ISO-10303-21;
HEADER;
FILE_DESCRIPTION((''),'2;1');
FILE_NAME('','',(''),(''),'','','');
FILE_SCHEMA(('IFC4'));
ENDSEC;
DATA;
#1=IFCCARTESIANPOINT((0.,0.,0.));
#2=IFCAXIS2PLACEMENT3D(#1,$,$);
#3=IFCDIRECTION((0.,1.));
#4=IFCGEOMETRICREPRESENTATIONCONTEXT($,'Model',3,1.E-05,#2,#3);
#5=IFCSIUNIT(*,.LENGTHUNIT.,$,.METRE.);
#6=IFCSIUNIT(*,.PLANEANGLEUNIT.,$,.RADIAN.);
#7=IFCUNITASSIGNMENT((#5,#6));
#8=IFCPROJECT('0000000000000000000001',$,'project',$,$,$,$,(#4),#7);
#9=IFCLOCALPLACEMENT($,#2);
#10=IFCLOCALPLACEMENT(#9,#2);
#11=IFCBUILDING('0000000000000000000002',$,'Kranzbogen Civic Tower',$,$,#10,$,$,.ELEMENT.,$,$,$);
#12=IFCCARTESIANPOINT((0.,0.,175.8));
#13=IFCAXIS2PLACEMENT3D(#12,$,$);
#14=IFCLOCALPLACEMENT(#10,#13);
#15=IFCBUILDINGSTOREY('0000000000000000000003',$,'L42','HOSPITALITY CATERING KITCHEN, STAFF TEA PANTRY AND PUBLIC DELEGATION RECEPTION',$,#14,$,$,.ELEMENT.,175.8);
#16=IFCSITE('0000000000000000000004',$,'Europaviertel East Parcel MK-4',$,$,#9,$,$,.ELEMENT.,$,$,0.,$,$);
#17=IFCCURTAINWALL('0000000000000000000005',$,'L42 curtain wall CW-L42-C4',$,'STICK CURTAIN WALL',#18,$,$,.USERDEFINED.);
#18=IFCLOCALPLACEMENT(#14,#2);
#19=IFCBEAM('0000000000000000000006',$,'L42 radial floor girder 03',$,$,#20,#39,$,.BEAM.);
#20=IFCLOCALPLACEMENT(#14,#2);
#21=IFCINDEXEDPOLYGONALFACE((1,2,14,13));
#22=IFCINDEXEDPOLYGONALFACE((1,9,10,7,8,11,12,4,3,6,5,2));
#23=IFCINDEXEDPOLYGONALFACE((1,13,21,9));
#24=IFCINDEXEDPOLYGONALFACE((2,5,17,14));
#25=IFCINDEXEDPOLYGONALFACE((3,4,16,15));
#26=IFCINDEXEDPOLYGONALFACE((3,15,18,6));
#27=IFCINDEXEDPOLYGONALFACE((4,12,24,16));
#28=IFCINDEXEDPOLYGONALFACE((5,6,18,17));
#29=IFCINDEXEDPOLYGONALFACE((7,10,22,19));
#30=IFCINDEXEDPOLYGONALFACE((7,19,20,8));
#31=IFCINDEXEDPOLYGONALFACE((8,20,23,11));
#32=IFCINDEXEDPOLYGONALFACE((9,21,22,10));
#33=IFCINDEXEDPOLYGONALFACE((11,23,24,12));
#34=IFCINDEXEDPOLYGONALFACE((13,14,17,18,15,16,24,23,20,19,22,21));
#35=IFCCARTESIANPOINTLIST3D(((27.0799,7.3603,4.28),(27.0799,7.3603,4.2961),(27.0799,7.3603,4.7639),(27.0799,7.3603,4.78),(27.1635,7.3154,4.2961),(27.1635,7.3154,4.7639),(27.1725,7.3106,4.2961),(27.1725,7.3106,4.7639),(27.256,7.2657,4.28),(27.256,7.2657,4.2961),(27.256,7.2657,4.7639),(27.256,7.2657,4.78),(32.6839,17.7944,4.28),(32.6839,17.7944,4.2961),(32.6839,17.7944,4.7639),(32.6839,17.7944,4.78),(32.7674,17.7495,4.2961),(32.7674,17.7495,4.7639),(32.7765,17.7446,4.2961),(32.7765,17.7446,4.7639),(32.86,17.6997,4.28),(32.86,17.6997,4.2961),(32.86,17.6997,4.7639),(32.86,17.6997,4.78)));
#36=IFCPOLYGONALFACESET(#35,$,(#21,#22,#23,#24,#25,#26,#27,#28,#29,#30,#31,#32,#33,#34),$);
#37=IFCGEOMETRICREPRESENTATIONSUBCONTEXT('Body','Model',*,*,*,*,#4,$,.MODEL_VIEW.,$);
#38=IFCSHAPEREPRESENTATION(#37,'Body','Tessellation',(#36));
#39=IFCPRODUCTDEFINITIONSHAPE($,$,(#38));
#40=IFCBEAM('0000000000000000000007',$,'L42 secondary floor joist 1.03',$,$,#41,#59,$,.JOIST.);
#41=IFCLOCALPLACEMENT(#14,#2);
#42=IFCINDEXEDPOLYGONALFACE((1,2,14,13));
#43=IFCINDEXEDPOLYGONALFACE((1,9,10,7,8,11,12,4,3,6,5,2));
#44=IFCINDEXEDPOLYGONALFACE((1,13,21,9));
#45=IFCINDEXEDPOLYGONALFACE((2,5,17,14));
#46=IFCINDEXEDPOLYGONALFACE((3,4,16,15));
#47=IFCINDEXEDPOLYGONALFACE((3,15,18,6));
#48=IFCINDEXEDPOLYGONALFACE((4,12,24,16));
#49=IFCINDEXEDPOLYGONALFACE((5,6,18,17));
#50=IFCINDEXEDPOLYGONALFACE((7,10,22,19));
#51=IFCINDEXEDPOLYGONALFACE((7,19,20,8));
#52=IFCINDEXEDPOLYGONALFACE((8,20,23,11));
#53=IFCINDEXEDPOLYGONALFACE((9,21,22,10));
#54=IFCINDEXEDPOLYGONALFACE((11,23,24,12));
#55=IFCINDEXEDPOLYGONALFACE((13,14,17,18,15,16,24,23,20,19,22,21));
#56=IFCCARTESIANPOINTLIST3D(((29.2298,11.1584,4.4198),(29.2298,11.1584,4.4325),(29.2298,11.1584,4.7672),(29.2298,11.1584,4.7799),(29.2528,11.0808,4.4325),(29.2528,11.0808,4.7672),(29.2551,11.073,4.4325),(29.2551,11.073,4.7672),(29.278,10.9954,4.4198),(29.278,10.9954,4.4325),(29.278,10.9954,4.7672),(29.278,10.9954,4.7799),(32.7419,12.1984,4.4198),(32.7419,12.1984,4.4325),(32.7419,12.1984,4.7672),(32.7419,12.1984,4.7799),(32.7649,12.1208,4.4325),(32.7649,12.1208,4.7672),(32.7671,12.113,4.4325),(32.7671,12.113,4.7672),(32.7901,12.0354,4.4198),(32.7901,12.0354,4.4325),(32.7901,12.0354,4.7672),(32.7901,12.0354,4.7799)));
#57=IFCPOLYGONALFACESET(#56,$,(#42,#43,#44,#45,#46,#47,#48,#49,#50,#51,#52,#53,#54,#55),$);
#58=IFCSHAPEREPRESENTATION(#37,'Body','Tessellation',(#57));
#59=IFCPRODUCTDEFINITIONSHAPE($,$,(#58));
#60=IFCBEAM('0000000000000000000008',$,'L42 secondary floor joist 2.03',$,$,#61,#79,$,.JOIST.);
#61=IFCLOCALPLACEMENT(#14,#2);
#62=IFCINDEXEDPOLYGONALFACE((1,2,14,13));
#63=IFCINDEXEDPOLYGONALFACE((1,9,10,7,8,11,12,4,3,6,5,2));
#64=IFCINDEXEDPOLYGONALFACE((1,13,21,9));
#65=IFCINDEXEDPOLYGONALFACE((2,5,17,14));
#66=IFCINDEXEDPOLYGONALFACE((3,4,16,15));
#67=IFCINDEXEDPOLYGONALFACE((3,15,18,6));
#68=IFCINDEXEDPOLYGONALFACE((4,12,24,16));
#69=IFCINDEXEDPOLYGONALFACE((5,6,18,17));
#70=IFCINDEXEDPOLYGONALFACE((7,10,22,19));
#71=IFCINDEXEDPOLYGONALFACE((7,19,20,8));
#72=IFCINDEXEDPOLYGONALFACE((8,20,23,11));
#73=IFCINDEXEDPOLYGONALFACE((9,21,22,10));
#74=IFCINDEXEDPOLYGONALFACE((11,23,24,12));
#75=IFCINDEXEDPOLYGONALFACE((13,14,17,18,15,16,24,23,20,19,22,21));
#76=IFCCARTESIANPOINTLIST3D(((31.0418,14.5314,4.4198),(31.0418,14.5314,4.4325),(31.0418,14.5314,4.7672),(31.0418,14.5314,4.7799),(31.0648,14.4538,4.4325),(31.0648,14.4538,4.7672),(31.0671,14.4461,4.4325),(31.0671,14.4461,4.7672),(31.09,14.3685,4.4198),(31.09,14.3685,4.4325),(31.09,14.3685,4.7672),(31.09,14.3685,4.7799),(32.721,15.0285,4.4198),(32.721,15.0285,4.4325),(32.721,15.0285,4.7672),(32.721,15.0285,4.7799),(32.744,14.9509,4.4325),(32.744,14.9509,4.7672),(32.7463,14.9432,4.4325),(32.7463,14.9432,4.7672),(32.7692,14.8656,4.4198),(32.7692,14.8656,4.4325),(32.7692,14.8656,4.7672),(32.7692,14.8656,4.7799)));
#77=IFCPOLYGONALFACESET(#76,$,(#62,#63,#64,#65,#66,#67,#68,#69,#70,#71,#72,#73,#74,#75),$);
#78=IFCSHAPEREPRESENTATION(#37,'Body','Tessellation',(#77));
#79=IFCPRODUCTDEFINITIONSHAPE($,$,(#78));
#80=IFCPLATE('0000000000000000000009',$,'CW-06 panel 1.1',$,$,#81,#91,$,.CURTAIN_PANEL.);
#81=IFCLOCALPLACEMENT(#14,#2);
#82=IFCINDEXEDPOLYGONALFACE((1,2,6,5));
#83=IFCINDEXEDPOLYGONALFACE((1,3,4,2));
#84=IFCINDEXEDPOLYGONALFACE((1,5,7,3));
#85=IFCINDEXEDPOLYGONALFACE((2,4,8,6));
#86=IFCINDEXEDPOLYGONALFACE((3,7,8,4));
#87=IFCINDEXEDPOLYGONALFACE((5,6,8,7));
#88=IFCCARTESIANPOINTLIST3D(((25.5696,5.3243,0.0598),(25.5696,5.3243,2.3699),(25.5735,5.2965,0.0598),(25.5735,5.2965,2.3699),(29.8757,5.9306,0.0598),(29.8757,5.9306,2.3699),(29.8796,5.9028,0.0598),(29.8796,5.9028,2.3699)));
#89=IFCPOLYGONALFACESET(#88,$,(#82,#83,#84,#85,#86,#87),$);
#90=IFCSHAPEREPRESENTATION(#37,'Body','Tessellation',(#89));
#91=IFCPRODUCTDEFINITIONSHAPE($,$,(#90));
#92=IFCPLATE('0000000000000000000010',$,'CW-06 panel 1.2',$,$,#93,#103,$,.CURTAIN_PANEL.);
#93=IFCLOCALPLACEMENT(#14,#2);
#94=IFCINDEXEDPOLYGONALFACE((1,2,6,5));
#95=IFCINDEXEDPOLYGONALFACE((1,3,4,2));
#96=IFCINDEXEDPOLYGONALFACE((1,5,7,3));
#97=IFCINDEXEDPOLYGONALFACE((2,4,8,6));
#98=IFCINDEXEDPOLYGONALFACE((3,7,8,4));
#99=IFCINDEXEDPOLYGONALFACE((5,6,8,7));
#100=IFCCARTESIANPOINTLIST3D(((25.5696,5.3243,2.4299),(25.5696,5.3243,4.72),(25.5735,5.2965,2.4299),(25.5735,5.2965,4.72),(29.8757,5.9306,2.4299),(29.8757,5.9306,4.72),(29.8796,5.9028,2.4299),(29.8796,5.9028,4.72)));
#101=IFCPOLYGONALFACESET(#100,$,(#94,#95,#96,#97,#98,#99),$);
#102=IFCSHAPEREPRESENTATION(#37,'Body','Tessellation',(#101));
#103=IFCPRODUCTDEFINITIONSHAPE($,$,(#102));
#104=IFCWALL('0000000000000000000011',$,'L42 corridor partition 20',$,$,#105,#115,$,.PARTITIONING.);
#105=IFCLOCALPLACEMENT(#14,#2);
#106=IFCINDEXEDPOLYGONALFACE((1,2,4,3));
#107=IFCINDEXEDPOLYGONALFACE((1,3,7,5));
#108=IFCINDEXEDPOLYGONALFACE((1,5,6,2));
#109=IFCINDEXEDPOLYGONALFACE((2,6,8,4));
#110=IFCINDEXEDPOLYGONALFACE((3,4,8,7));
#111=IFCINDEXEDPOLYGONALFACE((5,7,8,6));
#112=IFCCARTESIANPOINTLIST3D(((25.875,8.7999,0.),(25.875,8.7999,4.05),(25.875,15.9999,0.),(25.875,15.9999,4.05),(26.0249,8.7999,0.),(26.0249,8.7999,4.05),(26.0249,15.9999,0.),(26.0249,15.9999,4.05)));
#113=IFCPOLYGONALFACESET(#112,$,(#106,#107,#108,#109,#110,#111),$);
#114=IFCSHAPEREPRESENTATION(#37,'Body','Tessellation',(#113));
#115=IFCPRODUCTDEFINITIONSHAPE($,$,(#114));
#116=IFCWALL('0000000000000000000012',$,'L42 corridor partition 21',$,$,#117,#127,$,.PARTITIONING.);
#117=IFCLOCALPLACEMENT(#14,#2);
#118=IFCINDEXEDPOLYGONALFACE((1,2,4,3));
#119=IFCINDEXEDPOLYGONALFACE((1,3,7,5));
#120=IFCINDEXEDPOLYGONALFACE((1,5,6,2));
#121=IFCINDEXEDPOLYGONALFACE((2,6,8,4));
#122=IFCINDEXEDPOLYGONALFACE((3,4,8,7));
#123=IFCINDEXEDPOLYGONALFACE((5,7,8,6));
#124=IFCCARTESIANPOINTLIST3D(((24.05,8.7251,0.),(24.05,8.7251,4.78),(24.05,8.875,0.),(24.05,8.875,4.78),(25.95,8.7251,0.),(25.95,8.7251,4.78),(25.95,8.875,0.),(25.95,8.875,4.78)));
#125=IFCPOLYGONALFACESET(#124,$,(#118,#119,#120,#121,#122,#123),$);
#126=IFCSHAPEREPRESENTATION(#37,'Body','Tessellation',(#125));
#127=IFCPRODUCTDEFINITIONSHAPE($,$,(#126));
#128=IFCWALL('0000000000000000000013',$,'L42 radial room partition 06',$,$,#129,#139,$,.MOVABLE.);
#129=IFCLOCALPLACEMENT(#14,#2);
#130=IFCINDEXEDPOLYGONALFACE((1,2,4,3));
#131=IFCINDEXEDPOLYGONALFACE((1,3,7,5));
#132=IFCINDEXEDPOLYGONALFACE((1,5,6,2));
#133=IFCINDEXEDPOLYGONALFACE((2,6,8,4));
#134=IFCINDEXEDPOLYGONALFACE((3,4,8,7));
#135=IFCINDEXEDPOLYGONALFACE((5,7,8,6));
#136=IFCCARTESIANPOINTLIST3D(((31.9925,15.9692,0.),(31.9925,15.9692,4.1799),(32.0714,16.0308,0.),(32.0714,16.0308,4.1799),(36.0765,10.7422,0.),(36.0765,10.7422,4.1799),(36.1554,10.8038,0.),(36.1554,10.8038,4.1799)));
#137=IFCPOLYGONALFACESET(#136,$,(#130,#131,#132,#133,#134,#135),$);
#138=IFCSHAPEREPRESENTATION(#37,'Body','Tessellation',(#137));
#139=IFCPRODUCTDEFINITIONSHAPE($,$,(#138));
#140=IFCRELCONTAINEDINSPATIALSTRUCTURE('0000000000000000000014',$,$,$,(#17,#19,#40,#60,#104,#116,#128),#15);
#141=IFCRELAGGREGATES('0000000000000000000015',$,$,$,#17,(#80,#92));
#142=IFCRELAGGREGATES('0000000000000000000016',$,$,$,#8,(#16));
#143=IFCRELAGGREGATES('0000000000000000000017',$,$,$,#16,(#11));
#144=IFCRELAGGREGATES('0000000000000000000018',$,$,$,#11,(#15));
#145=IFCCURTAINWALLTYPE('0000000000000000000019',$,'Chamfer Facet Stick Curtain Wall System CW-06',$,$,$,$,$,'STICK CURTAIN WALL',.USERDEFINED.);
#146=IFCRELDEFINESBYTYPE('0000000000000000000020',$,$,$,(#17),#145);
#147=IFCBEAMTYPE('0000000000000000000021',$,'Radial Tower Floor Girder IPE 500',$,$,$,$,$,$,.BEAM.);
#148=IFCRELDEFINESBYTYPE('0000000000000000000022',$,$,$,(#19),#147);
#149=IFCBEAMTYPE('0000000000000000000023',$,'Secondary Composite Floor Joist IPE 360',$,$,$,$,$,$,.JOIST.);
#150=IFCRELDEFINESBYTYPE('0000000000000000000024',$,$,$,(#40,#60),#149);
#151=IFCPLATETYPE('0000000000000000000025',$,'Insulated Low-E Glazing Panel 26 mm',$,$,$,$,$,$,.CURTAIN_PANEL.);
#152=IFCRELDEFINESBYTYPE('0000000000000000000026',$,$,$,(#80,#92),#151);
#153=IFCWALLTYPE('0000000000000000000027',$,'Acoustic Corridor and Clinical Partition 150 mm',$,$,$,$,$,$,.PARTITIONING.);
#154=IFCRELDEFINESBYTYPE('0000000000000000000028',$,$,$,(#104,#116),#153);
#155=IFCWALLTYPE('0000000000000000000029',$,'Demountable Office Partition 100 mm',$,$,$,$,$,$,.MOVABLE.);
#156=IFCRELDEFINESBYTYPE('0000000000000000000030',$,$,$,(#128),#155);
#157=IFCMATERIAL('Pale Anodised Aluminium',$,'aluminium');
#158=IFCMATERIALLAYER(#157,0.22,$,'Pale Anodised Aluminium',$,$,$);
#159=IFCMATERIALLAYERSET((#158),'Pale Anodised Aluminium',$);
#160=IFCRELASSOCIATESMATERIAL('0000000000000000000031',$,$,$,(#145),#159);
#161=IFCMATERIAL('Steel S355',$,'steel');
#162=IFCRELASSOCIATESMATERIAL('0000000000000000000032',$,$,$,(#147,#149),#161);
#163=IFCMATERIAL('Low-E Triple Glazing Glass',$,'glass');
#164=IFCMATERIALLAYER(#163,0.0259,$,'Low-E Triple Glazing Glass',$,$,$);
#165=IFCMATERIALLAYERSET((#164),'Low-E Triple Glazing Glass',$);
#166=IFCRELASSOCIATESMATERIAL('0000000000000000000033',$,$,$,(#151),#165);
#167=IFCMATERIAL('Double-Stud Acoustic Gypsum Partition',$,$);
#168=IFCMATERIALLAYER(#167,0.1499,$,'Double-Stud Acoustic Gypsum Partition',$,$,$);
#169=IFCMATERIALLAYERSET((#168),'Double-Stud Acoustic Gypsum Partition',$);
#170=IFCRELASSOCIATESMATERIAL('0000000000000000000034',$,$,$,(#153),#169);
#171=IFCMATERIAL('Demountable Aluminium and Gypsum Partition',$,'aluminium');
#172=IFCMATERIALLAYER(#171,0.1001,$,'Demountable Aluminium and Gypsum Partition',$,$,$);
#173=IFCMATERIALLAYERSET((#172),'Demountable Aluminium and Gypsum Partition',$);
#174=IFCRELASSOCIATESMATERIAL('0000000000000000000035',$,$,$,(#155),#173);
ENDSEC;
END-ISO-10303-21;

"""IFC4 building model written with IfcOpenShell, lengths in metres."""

from ifc_helpers import new_model, si_unit, direction, frame, frame_2d, origin, origin_2d, place, context, subcontext, project, spatial, rectangle, i_section, extrude, material, layer, layer_set, material_profile, profile_set, type_object, element, aggregate, save


model = new_model("IFC4")

# Units and contexts
model_context = context("Model", 3, precision=1e-05, world=origin(), true_north=direction((0.0, 1.0)))
body_context = subcontext(model_context, "Body", "Model", "MODEL_VIEW")
ifc_project = project(units=[si_unit("LENGTHUNIT", "METRE"), si_unit("PLANEANGLEUNIT", "RADIAN")], contexts=[model_context])

# Site, building, storey
site_placement = place(None, origin())
site = spatial("IfcSite", under=ifc_project, at=site_placement, Name="Europaviertel East Parcel MK-4", CompositionType="ELEMENT", RefElevation=0.0)
building_placement = place(site_placement, origin())
building = spatial("IfcBuilding", under=site, at=building_placement, Name="Kranzbogen Civic Tower", CompositionType="ELEMENT")
storey_placement = place(building_placement, frame((0.0, 0.0, 175.8)))
storey = spatial("IfcBuildingStorey", under=building, at=storey_placement, Name="L42", Description="HOSPITALITY CATERING KITCHEN, STAFF TEA PANTRY AND PUBLIC DELEGATION RECEPTION", CompositionType="ELEMENT", Elevation=175.8)

# Shared definitions
ifc_material_1 = material(Name="Steel S355", Category="steel")

# Curtain wall
ifc_material_2 = material(Name="Pale Anodised Aluminium", Category="aluminium")
ifc_layer_1 = layer(ifc_material_2, 0.22, Name="Pale Anodised Aluminium")
ifc_layer_set_1 = layer_set([ifc_layer_1], Name="Pale Anodised Aluminium")
curtain_wall_type_1 = type_object("IfcCurtainWallType", Name="Chamfer Facet Stick Curtain Wall System CW-06", ElementType="STICK CURTAIN WALL", PredefinedType="USERDEFINED", material=ifc_layer_set_1)
curtain_wall_1_placement = place(storey_placement, origin())
curtain_wall_1 = element("IfcCurtainWall", 1, at=curtain_wall_1_placement, inside=storey, type_object=curtain_wall_type_1, Name="L42 curtain wall CW-L42-C4", ObjectType="STICK CURTAIN WALL", PredefinedType="USERDEFINED")

# Beams
ifc_material_profile_1 = material_profile(ifc_material_1, i_section(OverallWidth=0.2, OverallDepth=0.5, WebThickness=0.0103, FlangeThickness=0.0161, at=origin_2d()), Name="IPE 500")
ifc_profile_set_1 = profile_set([ifc_material_profile_1], Name="Steel S355")
beam_type_1 = type_object("IfcBeamType", Name="Radial Tower Floor Girder IPE 500", PredefinedType="BEAM", material=ifc_profile_set_1)
beam_1_placement = place(storey_placement, frame((27.168, 7.313, 4.53), z_axis=(0.47316, 0.880976, 0.0), x_axis=(-0.880976, 0.47316, 0.0)))
element("IfcBeam", 2, at=beam_1_placement, inside=storey, type_object=beam_type_1, Name="L42 radial floor girder 03", PredefinedType="BEAM", context=body_context, shape_type="SweptSolid", body=[
    extrude(i_section(OverallWidth=0.2, OverallDepth=0.5, WebThickness=0.0103, FlangeThickness=0.0161, at=origin_2d()), origin(), (0.0, 0.0, 1.0), 11.8438),
])
ifc_material_profile_2 = material_profile(ifc_material_1, i_section(OverallWidth=0.1699, OverallDepth=0.3601, WebThickness=0.0081, FlangeThickness=0.0127, at=origin_2d()), Name="IPE 360")
ifc_profile_set_2 = profile_set([ifc_material_profile_2], Name="Steel S355")
beam_type_2 = type_object("IfcBeamType", Name="Secondary Composite Floor Joist IPE 360", PredefinedType="JOIST", material=ifc_profile_set_2)
beam_2_placement = place(storey_placement, frame((29.2539, 11.0769, 4.5999), z_axis=(0.958844, 0.283934, 0.0), x_axis=(-0.283934, 0.958844, 0.0)))
element("IfcBeam", 3, at=beam_2_placement, inside=storey, type_object=beam_type_2, Name="L42 secondary floor joist 1.03", PredefinedType="JOIST", context=body_context, shape_type="SweptSolid", body=[
    extrude(i_section(OverallWidth=0.1699, OverallDepth=0.3601, WebThickness=0.0081, FlangeThickness=0.0127, at=origin_2d()), origin(), (0.0, 0.0, 1.0), 3.6628),
])
beam_3_placement = place(storey_placement, frame((31.0659, 14.45, 4.5999), z_axis=(0.958871, 0.283841, 0.0), x_axis=(-0.283841, 0.958871, 0.0)))
element("IfcBeam", 4, at=beam_3_placement, inside=storey, type_object=beam_type_2, Name="L42 secondary floor joist 2.03", PredefinedType="JOIST", context=body_context, shape_type="SweptSolid", body=[
    extrude(i_section(OverallWidth=0.1699, OverallDepth=0.3601, WebThickness=0.0081, FlangeThickness=0.0127, at=origin_2d()), origin(), (0.0, 0.0, 1.0), 1.7512),
])

# Plates
ifc_material_3 = material(Name="Low-E Triple Glazing Glass", Category="glass")
ifc_layer_2 = layer(ifc_material_3, 0.0259, Name="Low-E Triple Glazing Glass")
ifc_layer_set_2 = layer_set([ifc_layer_2], Name="Low-E Triple Glazing Glass")
plate_type = type_object("IfcPlateType", Name="Insulated Low-E Glazing Panel 26 mm", PredefinedType="CURTAIN_PANEL", material=ifc_layer_set_2)
plate_1_placement = place(storey_placement, frame((27.7246, 5.6135, 0.0598), z_axis=(0.0, 0.0, 1.0), x_axis=(0.990234, 0.139416, 0.0)))
plate_1 = element("IfcPlate", 5, at=plate_1_placement, type_object=plate_type, Name="CW-06 panel 1.1", PredefinedType="CURTAIN_PANEL", context=body_context, shape_type="SweptSolid", body=[
    extrude(rectangle(XDim=4.3486, YDim=0.0281, at=origin_2d()), origin(), (0.0, 0.0, 1.0), 2.3101),
])
plate_2_placement = place(storey_placement, frame((27.7246, 5.6135, 2.4299), z_axis=(0.0, 0.0, 1.0), x_axis=(0.990234, 0.139416, 0.0)))
plate_2 = element("IfcPlate", 6, at=plate_2_placement, type_object=plate_type, Name="CW-06 panel 1.2", PredefinedType="CURTAIN_PANEL", context=body_context, shape_type="SweptSolid", body=[
    extrude(rectangle(XDim=4.3486, YDim=0.0281, at=origin_2d()), origin(), (0.0, 0.0, 1.0), 2.29),
])
aggregate(curtain_wall_1, [plate_1, plate_2])

# Walls
ifc_material_4 = material(Name="Double-Stud Acoustic Gypsum Partition")
ifc_layer_3 = layer(ifc_material_4, 0.1499, Name="Double-Stud Acoustic Gypsum Partition")
ifc_layer_set_3 = layer_set([ifc_layer_3], Name="Double-Stud Acoustic Gypsum Partition")
wall_type_1 = type_object("IfcWallType", Name="Acoustic Corridor and Clinical Partition 150 mm", PredefinedType="PARTITIONING", material=ifc_layer_set_3)
wall_1_placement = place(storey_placement, frame((25.95, 16.0, 0.0), z_axis=(0.0, 0.0, 1.0), x_axis=(0.0, -1.0, 0.0)))
element("IfcWall", 7, at=wall_1_placement, inside=storey, type_object=wall_type_1, Name="L42 corridor partition 20", PredefinedType="PARTITIONING", context=body_context, shape_type="SweptSolid", body=[
    extrude(rectangle(XDim=7.2, YDim=0.1499, at=frame_2d((3.6001, 0.0))), origin(), (0.0, 0.0, 1.0), 4.05),
])
wall_2_placement = place(storey_placement, frame((25.95, 8.8, 0.0), z_axis=(0.0, 0.0, 1.0), x_axis=(-1.0, 0.0, 0.0)))
element("IfcWall", 8, at=wall_2_placement, inside=storey, type_object=wall_type_1, Name="L42 corridor partition 21", PredefinedType="PARTITIONING", context=body_context, shape_type="SweptSolid", body=[
    extrude(rectangle(XDim=1.8999, YDim=0.1499, at=frame_2d((0.95, 0.0))), origin(), (0.0, 0.0, 1.0), 4.78),
])
ifc_material_5 = material(Name="Demountable Aluminium and Gypsum Partition", Category="aluminium")
ifc_layer_4 = layer(ifc_material_5, 0.1001, Name="Demountable Aluminium and Gypsum Partition")
ifc_layer_set_4 = layer_set([ifc_layer_4], Name="Demountable Aluminium and Gypsum Partition")
wall_type_2 = type_object("IfcWallType", Name="Demountable Office Partition 100 mm", PredefinedType="MOVABLE", material=ifc_layer_set_4)
wall_3_placement = place(storey_placement, frame((32.032, 16.0, 0.0), z_axis=(0.0, 0.0, 1.0), x_axis=(0.615677, -0.787999, 0.0)))
element("IfcWall", 9, at=wall_3_placement, inside=storey, type_object=wall_type_2, Name="L42 radial room partition 06", PredefinedType="MOVABLE", context=body_context, shape_type="SweptSolid", body=[
    extrude(rectangle(XDim=6.6333, YDim=0.1001, at=frame_2d((3.3167, 0.0))), origin(), (0.0, 0.0, 1.0), 4.1799),
])

save(model, "model.ifc")
